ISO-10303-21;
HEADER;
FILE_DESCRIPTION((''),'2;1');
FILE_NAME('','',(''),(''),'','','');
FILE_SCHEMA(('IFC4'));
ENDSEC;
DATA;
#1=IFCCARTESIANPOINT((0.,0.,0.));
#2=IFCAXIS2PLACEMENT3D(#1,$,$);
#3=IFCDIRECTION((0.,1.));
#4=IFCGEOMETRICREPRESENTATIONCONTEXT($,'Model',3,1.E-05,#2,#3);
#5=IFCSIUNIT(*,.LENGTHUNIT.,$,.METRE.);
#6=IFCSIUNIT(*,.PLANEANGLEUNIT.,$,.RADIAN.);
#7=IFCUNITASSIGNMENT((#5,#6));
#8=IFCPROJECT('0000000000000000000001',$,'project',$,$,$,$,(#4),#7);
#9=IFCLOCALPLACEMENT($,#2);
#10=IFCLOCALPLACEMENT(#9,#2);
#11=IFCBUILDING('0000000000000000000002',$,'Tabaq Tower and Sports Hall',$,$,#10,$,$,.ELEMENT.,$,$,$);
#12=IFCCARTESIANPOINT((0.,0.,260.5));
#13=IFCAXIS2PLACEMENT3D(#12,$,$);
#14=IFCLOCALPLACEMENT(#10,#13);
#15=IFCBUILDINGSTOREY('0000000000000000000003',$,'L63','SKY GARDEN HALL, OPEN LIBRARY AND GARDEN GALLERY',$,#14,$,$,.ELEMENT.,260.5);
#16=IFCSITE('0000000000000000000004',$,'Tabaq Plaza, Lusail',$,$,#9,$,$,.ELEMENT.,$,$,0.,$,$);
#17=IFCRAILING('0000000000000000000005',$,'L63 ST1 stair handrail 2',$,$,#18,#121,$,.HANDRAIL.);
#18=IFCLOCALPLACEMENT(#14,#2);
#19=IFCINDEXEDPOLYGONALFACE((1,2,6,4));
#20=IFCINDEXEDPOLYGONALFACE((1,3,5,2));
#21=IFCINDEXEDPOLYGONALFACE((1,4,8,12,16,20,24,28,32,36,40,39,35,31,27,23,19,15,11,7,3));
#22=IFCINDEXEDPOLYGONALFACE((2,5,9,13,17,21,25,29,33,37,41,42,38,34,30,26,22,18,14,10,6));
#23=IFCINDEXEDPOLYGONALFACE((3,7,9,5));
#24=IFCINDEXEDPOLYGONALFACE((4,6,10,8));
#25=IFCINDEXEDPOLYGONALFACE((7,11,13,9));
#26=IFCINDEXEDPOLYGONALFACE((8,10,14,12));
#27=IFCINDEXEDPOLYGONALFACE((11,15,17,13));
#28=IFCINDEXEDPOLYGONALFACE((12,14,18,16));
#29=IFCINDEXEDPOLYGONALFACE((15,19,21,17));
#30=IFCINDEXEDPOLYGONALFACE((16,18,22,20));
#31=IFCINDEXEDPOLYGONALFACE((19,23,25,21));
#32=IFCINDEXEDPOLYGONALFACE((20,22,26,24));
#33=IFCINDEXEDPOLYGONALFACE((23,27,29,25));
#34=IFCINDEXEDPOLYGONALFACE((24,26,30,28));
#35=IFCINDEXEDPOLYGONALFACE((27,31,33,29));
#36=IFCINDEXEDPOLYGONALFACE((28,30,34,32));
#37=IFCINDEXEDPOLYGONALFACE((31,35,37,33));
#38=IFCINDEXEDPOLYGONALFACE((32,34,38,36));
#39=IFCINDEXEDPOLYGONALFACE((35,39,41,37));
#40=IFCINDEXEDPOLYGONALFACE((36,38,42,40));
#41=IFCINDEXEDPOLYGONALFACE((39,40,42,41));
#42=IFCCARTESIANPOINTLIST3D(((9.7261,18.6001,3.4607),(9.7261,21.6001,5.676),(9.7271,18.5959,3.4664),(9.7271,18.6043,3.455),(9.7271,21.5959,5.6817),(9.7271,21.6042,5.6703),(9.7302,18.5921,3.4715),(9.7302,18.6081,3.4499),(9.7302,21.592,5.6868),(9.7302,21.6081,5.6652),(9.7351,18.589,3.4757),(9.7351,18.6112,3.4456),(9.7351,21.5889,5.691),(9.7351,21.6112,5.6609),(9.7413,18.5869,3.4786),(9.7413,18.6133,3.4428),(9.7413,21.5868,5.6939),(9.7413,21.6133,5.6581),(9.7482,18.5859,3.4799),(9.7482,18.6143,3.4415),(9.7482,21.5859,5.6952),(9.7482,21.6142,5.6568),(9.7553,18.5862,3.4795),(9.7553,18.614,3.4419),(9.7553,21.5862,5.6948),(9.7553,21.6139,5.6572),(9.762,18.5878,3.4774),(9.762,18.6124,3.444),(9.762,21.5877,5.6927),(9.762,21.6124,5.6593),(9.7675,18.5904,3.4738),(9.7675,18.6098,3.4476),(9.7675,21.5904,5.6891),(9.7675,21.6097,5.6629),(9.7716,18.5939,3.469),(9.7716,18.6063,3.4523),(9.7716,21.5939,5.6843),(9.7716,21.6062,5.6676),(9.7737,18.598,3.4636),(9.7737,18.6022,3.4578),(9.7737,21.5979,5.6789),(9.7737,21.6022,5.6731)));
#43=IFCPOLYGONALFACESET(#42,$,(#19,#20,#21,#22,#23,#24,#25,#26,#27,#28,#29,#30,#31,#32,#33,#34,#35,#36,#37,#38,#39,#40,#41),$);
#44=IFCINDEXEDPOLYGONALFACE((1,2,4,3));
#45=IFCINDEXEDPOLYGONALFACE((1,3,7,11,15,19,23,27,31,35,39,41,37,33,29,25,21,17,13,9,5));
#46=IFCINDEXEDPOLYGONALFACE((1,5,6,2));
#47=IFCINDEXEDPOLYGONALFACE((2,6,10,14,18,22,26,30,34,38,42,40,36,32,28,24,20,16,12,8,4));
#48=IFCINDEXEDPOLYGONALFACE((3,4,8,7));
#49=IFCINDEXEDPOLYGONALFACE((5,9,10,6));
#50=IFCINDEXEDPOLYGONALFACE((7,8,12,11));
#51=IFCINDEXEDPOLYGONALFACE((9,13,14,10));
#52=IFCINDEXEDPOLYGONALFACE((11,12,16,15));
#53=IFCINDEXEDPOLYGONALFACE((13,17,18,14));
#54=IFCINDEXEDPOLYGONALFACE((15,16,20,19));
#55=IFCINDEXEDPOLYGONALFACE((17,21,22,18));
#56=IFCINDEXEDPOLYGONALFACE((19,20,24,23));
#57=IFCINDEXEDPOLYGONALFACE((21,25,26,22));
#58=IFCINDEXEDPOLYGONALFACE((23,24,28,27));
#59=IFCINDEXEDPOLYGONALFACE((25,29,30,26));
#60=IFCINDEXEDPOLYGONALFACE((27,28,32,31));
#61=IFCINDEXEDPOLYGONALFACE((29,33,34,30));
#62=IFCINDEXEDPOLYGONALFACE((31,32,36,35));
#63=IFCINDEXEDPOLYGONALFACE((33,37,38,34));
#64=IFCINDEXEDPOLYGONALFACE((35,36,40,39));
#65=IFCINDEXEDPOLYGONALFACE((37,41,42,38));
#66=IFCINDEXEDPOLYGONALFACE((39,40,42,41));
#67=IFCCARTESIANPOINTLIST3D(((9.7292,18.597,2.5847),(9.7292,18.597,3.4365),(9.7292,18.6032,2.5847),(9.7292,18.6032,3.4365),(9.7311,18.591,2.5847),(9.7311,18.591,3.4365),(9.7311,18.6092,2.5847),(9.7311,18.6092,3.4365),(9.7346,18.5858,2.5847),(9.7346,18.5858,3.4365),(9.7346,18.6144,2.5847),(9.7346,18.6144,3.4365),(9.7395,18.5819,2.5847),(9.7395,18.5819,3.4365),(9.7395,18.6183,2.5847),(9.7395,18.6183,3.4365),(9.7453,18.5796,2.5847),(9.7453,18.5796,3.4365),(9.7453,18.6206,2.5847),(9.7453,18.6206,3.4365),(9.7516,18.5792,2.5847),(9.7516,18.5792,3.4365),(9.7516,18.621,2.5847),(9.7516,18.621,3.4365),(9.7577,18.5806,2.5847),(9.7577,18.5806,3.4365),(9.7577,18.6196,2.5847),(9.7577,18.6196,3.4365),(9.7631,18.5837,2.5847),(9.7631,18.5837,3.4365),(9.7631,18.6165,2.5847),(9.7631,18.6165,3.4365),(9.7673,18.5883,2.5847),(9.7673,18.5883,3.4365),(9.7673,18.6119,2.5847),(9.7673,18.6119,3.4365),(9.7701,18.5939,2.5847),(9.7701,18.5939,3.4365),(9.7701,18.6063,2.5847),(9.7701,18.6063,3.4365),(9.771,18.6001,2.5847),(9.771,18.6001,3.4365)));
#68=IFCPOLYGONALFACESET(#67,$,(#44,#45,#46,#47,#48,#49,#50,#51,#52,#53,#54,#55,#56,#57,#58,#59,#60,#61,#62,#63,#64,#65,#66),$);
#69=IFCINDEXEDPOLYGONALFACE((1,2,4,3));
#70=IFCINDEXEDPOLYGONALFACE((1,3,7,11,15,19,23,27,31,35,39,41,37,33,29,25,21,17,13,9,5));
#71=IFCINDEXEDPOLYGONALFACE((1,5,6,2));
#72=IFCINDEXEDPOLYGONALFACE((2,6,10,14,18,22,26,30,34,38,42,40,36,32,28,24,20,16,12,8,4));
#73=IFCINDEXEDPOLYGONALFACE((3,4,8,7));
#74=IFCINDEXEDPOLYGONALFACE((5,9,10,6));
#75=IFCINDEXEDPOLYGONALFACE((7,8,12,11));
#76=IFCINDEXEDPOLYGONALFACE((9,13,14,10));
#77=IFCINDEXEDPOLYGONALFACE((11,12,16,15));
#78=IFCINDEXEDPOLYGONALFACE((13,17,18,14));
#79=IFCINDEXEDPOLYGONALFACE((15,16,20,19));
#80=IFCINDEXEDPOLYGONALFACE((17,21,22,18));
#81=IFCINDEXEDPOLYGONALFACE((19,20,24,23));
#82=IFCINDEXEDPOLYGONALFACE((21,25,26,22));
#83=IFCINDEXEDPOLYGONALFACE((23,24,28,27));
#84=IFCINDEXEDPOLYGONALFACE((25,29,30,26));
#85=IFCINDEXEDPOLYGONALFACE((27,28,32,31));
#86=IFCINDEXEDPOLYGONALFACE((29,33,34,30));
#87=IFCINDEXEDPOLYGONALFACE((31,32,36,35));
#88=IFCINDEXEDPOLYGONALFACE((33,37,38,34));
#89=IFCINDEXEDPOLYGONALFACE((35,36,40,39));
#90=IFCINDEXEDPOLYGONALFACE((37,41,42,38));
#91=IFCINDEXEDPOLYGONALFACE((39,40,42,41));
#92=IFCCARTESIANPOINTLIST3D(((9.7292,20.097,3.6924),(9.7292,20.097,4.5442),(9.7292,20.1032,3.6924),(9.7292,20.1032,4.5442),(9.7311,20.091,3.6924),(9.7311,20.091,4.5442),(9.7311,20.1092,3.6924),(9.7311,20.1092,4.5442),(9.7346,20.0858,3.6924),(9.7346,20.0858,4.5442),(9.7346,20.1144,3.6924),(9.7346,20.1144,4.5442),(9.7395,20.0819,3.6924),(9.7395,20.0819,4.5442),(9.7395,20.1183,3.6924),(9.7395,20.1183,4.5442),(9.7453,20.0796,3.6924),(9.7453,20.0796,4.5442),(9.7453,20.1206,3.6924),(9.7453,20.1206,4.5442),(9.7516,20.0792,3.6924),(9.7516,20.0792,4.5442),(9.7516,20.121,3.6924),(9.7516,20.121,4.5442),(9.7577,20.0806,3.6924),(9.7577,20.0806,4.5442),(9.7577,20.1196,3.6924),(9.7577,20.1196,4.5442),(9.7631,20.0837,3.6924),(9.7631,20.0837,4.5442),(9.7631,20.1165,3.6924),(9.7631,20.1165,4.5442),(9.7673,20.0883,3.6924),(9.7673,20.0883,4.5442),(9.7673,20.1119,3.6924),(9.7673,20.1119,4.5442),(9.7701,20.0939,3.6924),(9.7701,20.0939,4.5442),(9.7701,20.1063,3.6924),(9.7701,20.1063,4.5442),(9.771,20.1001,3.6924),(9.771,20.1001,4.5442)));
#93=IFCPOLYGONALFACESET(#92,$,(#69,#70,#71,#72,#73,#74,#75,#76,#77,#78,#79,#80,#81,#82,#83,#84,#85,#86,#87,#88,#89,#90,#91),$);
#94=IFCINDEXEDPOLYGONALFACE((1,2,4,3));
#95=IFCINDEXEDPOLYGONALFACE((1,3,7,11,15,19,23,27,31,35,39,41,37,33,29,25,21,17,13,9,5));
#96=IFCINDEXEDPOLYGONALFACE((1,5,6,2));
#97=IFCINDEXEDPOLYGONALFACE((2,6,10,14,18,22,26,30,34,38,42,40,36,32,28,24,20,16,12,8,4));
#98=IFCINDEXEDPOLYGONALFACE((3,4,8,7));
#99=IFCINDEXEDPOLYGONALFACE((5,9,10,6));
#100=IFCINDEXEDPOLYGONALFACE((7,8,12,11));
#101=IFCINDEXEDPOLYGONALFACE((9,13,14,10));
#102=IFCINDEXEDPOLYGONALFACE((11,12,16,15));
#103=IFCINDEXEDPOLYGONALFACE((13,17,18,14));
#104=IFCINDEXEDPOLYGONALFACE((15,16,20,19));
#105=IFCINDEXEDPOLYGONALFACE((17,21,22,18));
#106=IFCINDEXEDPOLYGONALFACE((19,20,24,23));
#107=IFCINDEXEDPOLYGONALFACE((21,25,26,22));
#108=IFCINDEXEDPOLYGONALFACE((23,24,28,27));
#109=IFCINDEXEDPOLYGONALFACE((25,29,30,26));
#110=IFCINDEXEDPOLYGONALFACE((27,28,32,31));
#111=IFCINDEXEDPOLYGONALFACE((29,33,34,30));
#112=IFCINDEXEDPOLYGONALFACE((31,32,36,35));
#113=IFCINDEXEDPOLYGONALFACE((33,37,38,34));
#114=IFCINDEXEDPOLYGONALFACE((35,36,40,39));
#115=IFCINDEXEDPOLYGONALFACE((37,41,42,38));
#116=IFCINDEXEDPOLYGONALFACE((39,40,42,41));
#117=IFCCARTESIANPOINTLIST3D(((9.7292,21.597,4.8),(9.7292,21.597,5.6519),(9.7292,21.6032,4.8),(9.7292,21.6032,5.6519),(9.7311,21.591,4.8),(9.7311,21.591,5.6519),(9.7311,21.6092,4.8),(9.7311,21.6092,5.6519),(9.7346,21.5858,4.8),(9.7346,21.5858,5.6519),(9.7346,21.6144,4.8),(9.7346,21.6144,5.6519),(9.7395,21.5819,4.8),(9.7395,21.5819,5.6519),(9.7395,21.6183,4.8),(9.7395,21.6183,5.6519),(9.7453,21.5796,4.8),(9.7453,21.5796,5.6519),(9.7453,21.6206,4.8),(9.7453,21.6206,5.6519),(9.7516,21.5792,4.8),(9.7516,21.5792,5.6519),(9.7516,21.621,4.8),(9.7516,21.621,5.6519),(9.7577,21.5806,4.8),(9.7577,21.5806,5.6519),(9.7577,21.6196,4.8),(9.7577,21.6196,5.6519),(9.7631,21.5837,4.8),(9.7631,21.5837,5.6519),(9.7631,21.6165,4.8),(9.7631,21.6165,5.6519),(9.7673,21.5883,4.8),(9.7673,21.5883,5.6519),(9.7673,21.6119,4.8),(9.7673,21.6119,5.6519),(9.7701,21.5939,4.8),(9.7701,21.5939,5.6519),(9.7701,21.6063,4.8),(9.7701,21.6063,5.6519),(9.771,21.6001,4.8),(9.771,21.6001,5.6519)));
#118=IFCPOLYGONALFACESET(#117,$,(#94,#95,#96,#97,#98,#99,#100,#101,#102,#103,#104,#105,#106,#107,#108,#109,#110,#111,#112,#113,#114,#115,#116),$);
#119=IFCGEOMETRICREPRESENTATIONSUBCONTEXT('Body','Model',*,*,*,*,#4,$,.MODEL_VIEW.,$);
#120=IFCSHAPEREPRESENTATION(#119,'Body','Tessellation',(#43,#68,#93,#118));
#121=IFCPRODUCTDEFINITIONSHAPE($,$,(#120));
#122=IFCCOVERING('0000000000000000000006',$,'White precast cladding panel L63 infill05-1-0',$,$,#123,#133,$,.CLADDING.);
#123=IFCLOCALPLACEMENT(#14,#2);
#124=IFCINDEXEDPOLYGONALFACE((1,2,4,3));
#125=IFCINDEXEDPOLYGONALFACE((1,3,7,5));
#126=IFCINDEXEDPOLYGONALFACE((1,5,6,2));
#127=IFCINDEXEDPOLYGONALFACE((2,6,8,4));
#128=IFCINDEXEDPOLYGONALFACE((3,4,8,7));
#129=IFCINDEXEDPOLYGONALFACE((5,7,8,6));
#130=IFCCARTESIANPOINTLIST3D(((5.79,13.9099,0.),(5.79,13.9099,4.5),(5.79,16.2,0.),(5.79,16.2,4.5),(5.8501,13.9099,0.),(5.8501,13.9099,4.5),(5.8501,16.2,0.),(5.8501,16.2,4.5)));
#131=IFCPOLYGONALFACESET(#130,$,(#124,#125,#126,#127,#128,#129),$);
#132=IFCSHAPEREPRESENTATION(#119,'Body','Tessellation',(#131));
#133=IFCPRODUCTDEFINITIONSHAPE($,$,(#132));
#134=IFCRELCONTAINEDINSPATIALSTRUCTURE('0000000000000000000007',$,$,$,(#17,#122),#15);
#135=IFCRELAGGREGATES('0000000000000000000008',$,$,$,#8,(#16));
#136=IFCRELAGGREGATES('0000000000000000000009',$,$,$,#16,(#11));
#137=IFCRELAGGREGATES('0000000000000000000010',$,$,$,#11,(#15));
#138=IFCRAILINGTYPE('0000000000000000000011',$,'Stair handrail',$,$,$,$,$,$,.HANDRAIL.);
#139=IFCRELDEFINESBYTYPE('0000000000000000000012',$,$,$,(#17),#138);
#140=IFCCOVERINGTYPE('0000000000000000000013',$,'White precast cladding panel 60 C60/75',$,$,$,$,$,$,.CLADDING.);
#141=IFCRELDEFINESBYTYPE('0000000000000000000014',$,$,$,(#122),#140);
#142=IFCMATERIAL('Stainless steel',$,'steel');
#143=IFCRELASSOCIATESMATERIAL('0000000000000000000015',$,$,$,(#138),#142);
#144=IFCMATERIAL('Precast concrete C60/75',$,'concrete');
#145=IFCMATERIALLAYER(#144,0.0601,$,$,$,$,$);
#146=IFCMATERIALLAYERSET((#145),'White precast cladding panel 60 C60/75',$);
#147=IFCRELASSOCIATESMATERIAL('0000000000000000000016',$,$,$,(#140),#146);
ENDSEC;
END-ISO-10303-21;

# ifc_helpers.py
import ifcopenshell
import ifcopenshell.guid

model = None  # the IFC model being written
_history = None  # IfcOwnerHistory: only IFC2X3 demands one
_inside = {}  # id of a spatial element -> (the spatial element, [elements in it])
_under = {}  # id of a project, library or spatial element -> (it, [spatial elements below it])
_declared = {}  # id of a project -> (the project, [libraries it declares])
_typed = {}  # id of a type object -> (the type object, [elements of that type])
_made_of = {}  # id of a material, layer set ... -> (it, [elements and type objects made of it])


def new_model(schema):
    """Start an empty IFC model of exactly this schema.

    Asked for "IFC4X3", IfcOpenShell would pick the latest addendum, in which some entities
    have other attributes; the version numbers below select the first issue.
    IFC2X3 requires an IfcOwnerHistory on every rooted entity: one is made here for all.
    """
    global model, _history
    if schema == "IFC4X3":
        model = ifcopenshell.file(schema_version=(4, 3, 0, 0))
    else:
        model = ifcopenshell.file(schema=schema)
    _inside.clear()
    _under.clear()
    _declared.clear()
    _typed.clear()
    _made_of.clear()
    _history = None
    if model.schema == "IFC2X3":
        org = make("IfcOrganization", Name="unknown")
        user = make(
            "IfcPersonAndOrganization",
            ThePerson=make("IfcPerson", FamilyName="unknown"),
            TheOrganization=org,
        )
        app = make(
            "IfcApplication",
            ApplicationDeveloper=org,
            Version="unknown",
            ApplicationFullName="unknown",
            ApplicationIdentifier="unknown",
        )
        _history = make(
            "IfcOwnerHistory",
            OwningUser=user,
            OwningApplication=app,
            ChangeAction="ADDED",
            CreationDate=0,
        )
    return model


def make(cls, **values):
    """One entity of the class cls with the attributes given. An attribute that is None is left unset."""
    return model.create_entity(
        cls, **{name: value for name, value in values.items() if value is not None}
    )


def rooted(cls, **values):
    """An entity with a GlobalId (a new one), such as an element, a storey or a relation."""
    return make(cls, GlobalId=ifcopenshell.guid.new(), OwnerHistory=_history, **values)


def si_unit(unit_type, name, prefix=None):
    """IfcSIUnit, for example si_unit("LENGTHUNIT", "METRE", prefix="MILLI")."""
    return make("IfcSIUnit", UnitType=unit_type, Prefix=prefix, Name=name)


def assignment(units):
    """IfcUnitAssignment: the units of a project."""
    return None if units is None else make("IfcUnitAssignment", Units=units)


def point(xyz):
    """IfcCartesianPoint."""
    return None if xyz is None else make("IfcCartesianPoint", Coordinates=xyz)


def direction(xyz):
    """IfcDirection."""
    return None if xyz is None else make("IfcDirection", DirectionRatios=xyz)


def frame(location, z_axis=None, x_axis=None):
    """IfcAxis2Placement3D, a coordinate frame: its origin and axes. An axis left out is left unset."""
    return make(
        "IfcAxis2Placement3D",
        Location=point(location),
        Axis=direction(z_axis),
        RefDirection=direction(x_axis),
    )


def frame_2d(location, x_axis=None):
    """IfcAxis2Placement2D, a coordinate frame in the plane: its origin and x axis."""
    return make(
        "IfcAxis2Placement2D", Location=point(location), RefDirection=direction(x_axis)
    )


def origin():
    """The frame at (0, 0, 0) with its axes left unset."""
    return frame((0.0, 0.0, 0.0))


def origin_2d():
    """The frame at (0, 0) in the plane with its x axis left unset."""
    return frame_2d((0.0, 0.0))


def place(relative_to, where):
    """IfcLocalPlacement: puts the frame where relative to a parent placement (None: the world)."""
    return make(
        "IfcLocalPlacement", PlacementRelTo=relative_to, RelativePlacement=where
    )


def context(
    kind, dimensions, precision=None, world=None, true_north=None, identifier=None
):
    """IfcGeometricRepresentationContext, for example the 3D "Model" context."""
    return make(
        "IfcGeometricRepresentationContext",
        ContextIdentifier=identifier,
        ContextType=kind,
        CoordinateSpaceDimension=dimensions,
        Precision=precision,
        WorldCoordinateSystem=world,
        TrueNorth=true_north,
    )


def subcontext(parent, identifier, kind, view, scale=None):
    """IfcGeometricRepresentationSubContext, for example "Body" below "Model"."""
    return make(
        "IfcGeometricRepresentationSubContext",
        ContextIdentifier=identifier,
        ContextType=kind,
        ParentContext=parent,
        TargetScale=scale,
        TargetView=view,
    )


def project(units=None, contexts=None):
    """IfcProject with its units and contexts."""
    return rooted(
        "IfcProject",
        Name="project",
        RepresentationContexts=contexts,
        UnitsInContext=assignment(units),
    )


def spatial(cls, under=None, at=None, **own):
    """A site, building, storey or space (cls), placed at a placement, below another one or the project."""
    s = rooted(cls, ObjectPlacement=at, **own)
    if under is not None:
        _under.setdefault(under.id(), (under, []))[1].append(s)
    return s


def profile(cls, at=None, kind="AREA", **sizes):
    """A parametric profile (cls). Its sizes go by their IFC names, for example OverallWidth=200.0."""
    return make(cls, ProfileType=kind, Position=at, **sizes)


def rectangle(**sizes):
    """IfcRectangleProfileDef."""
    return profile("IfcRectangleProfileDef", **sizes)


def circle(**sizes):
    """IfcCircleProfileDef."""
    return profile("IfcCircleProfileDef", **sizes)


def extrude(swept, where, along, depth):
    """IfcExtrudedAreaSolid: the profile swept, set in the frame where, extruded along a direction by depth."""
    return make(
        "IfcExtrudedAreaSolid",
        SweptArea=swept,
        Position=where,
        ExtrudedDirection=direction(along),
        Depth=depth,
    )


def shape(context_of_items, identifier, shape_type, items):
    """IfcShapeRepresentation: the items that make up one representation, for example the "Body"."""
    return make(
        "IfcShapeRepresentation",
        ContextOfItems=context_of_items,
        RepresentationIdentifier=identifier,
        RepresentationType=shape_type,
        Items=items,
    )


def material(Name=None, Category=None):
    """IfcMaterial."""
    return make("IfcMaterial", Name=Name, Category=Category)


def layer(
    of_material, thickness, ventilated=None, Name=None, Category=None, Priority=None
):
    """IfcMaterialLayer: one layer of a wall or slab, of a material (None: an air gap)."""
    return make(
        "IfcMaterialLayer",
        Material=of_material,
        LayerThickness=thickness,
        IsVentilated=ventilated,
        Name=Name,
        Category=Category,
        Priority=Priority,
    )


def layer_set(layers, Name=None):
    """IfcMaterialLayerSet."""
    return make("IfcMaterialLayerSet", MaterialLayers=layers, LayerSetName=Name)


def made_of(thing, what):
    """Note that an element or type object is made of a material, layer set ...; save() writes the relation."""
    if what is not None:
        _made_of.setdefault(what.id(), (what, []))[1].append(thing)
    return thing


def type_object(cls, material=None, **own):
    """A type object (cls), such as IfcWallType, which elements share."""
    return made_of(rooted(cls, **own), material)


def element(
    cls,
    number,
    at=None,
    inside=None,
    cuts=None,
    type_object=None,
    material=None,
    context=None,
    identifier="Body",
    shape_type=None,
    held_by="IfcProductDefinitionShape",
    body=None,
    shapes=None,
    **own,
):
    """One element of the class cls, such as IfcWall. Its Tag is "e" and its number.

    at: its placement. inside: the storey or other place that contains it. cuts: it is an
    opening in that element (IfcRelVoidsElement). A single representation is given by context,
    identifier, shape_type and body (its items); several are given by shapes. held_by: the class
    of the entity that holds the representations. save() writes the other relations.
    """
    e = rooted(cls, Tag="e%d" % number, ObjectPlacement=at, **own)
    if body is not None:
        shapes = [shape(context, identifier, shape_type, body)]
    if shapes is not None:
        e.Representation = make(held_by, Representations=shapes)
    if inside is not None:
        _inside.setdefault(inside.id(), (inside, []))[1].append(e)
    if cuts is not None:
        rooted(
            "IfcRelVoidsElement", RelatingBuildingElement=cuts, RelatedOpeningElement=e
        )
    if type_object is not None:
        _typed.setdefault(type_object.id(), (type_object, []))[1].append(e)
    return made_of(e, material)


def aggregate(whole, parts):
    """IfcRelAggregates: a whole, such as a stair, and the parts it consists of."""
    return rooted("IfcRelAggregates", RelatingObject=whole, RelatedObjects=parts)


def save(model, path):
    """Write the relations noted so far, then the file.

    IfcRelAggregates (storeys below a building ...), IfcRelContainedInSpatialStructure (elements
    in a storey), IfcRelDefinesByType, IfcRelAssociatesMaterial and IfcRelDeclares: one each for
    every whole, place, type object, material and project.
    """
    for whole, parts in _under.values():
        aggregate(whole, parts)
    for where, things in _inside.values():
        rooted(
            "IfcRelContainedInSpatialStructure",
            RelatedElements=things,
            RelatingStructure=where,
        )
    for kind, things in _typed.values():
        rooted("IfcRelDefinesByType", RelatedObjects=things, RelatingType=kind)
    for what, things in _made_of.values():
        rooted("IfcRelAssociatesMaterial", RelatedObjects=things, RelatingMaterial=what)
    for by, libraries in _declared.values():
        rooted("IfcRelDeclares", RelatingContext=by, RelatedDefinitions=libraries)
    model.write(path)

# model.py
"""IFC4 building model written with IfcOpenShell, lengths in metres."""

from ifc_helpers import new_model, si_unit, direction, frame, frame_2d, origin, origin_2d, place, context, subcontext, project, spatial, rectangle, circle, extrude, material, layer, layer_set, type_object, element, save


model = new_model("IFC4")

# Units and contexts
model_context = context("Model", 3, precision=1e-05, world=origin(), true_north=direction((0.0, 1.0)))
body_context = subcontext(model_context, "Body", "Model", "MODEL_VIEW")
ifc_project = project(units=[si_unit("LENGTHUNIT", "METRE"), si_unit("PLANEANGLEUNIT", "RADIAN")], contexts=[model_context])

# Site, building, storey
site_placement = place(None, origin())
site = spatial("IfcSite", under=ifc_project, at=site_placement, Name="Tabaq Plaza, Lusail", CompositionType="ELEMENT", RefElevation=0.0)
building_placement = place(site_placement, origin())
building = spatial("IfcBuilding", under=site, at=building_placement, Name="Tabaq Tower and Sports Hall", CompositionType="ELEMENT")
storey_placement = place(building_placement, frame((0.0, 0.0, 260.5)))
storey = spatial("IfcBuildingStorey", under=building, at=storey_placement, Name="L63", Description="SKY GARDEN HALL, OPEN LIBRARY AND GARDEN GALLERY", CompositionType="ELEMENT", Elevation=260.5)

# Railing
ifc_material_1 = material(Name="Stainless steel", Category="steel")
railing_type_1 = type_object("IfcRailingType", Name="Stair handrail", PredefinedType="HANDRAIL", material=ifc_material_1)
railing_1_placement = place(storey_placement, frame((9.75, 18.6001, 2.5847)))
element("IfcRailing", 1, at=railing_1_placement, inside=storey, type_object=railing_type_1, Name="L63 ST1 stair handrail 2", PredefinedType="HANDRAIL", context=body_context, shape_type="SweptSolid", body=[
    extrude(circle(Radius=0.0239, at=origin_2d()), frame((0.0, 0.0, 0.876), z_axis=(0.0, 0.80444, 0.594034), x_axis=(-1.0, 0.0, 0.0)), (0.0, 0.0, 1.0), 3.7292),
    extrude(circle(Radius=0.021, at=origin_2d()), origin(), (0.0, 0.0, 1.0), 0.8518),
    extrude(circle(Radius=0.021, at=origin_2d()), frame((0.0, 1.5, 1.1077)), (0.0, 0.0, 1.0), 0.8518),
    extrude(circle(Radius=0.021, at=origin_2d()), frame((0.0, 3.0, 2.2153)), (0.0, 0.0, 1.0), 0.8518),
])

# Covering
ifc_material_2 = material(Name="Precast concrete C60/75", Category="concrete")
ifc_layer_1 = layer(ifc_material_2, 0.0601)
ifc_layer_set_1 = layer_set([ifc_layer_1], Name="White precast cladding panel 60 C60/75")
covering_type_1 = type_object("IfcCoveringType", Name="White precast cladding panel 60 C60/75", PredefinedType="CLADDING", material=ifc_layer_set_1)
covering_placement = place(storey_placement, frame((5.8201, 16.2, 0.0), z_axis=(0.0, 0.0, 1.0), x_axis=(0.0, -1.0, 0.0)))
element("IfcCovering", 2, at=covering_placement, inside=storey, type_object=covering_type_1, Name="White precast cladding panel L63 infill05-1-0", PredefinedType="CLADDING", context=body_context, shape_type="SweptSolid", body=[
    extrude(rectangle(XDim=2.29, YDim=0.0601, at=frame_2d((1.145, 0.0))), origin(), (0.0, 0.0, 1.0), 4.5),
])

save(model, "model.ifc")
